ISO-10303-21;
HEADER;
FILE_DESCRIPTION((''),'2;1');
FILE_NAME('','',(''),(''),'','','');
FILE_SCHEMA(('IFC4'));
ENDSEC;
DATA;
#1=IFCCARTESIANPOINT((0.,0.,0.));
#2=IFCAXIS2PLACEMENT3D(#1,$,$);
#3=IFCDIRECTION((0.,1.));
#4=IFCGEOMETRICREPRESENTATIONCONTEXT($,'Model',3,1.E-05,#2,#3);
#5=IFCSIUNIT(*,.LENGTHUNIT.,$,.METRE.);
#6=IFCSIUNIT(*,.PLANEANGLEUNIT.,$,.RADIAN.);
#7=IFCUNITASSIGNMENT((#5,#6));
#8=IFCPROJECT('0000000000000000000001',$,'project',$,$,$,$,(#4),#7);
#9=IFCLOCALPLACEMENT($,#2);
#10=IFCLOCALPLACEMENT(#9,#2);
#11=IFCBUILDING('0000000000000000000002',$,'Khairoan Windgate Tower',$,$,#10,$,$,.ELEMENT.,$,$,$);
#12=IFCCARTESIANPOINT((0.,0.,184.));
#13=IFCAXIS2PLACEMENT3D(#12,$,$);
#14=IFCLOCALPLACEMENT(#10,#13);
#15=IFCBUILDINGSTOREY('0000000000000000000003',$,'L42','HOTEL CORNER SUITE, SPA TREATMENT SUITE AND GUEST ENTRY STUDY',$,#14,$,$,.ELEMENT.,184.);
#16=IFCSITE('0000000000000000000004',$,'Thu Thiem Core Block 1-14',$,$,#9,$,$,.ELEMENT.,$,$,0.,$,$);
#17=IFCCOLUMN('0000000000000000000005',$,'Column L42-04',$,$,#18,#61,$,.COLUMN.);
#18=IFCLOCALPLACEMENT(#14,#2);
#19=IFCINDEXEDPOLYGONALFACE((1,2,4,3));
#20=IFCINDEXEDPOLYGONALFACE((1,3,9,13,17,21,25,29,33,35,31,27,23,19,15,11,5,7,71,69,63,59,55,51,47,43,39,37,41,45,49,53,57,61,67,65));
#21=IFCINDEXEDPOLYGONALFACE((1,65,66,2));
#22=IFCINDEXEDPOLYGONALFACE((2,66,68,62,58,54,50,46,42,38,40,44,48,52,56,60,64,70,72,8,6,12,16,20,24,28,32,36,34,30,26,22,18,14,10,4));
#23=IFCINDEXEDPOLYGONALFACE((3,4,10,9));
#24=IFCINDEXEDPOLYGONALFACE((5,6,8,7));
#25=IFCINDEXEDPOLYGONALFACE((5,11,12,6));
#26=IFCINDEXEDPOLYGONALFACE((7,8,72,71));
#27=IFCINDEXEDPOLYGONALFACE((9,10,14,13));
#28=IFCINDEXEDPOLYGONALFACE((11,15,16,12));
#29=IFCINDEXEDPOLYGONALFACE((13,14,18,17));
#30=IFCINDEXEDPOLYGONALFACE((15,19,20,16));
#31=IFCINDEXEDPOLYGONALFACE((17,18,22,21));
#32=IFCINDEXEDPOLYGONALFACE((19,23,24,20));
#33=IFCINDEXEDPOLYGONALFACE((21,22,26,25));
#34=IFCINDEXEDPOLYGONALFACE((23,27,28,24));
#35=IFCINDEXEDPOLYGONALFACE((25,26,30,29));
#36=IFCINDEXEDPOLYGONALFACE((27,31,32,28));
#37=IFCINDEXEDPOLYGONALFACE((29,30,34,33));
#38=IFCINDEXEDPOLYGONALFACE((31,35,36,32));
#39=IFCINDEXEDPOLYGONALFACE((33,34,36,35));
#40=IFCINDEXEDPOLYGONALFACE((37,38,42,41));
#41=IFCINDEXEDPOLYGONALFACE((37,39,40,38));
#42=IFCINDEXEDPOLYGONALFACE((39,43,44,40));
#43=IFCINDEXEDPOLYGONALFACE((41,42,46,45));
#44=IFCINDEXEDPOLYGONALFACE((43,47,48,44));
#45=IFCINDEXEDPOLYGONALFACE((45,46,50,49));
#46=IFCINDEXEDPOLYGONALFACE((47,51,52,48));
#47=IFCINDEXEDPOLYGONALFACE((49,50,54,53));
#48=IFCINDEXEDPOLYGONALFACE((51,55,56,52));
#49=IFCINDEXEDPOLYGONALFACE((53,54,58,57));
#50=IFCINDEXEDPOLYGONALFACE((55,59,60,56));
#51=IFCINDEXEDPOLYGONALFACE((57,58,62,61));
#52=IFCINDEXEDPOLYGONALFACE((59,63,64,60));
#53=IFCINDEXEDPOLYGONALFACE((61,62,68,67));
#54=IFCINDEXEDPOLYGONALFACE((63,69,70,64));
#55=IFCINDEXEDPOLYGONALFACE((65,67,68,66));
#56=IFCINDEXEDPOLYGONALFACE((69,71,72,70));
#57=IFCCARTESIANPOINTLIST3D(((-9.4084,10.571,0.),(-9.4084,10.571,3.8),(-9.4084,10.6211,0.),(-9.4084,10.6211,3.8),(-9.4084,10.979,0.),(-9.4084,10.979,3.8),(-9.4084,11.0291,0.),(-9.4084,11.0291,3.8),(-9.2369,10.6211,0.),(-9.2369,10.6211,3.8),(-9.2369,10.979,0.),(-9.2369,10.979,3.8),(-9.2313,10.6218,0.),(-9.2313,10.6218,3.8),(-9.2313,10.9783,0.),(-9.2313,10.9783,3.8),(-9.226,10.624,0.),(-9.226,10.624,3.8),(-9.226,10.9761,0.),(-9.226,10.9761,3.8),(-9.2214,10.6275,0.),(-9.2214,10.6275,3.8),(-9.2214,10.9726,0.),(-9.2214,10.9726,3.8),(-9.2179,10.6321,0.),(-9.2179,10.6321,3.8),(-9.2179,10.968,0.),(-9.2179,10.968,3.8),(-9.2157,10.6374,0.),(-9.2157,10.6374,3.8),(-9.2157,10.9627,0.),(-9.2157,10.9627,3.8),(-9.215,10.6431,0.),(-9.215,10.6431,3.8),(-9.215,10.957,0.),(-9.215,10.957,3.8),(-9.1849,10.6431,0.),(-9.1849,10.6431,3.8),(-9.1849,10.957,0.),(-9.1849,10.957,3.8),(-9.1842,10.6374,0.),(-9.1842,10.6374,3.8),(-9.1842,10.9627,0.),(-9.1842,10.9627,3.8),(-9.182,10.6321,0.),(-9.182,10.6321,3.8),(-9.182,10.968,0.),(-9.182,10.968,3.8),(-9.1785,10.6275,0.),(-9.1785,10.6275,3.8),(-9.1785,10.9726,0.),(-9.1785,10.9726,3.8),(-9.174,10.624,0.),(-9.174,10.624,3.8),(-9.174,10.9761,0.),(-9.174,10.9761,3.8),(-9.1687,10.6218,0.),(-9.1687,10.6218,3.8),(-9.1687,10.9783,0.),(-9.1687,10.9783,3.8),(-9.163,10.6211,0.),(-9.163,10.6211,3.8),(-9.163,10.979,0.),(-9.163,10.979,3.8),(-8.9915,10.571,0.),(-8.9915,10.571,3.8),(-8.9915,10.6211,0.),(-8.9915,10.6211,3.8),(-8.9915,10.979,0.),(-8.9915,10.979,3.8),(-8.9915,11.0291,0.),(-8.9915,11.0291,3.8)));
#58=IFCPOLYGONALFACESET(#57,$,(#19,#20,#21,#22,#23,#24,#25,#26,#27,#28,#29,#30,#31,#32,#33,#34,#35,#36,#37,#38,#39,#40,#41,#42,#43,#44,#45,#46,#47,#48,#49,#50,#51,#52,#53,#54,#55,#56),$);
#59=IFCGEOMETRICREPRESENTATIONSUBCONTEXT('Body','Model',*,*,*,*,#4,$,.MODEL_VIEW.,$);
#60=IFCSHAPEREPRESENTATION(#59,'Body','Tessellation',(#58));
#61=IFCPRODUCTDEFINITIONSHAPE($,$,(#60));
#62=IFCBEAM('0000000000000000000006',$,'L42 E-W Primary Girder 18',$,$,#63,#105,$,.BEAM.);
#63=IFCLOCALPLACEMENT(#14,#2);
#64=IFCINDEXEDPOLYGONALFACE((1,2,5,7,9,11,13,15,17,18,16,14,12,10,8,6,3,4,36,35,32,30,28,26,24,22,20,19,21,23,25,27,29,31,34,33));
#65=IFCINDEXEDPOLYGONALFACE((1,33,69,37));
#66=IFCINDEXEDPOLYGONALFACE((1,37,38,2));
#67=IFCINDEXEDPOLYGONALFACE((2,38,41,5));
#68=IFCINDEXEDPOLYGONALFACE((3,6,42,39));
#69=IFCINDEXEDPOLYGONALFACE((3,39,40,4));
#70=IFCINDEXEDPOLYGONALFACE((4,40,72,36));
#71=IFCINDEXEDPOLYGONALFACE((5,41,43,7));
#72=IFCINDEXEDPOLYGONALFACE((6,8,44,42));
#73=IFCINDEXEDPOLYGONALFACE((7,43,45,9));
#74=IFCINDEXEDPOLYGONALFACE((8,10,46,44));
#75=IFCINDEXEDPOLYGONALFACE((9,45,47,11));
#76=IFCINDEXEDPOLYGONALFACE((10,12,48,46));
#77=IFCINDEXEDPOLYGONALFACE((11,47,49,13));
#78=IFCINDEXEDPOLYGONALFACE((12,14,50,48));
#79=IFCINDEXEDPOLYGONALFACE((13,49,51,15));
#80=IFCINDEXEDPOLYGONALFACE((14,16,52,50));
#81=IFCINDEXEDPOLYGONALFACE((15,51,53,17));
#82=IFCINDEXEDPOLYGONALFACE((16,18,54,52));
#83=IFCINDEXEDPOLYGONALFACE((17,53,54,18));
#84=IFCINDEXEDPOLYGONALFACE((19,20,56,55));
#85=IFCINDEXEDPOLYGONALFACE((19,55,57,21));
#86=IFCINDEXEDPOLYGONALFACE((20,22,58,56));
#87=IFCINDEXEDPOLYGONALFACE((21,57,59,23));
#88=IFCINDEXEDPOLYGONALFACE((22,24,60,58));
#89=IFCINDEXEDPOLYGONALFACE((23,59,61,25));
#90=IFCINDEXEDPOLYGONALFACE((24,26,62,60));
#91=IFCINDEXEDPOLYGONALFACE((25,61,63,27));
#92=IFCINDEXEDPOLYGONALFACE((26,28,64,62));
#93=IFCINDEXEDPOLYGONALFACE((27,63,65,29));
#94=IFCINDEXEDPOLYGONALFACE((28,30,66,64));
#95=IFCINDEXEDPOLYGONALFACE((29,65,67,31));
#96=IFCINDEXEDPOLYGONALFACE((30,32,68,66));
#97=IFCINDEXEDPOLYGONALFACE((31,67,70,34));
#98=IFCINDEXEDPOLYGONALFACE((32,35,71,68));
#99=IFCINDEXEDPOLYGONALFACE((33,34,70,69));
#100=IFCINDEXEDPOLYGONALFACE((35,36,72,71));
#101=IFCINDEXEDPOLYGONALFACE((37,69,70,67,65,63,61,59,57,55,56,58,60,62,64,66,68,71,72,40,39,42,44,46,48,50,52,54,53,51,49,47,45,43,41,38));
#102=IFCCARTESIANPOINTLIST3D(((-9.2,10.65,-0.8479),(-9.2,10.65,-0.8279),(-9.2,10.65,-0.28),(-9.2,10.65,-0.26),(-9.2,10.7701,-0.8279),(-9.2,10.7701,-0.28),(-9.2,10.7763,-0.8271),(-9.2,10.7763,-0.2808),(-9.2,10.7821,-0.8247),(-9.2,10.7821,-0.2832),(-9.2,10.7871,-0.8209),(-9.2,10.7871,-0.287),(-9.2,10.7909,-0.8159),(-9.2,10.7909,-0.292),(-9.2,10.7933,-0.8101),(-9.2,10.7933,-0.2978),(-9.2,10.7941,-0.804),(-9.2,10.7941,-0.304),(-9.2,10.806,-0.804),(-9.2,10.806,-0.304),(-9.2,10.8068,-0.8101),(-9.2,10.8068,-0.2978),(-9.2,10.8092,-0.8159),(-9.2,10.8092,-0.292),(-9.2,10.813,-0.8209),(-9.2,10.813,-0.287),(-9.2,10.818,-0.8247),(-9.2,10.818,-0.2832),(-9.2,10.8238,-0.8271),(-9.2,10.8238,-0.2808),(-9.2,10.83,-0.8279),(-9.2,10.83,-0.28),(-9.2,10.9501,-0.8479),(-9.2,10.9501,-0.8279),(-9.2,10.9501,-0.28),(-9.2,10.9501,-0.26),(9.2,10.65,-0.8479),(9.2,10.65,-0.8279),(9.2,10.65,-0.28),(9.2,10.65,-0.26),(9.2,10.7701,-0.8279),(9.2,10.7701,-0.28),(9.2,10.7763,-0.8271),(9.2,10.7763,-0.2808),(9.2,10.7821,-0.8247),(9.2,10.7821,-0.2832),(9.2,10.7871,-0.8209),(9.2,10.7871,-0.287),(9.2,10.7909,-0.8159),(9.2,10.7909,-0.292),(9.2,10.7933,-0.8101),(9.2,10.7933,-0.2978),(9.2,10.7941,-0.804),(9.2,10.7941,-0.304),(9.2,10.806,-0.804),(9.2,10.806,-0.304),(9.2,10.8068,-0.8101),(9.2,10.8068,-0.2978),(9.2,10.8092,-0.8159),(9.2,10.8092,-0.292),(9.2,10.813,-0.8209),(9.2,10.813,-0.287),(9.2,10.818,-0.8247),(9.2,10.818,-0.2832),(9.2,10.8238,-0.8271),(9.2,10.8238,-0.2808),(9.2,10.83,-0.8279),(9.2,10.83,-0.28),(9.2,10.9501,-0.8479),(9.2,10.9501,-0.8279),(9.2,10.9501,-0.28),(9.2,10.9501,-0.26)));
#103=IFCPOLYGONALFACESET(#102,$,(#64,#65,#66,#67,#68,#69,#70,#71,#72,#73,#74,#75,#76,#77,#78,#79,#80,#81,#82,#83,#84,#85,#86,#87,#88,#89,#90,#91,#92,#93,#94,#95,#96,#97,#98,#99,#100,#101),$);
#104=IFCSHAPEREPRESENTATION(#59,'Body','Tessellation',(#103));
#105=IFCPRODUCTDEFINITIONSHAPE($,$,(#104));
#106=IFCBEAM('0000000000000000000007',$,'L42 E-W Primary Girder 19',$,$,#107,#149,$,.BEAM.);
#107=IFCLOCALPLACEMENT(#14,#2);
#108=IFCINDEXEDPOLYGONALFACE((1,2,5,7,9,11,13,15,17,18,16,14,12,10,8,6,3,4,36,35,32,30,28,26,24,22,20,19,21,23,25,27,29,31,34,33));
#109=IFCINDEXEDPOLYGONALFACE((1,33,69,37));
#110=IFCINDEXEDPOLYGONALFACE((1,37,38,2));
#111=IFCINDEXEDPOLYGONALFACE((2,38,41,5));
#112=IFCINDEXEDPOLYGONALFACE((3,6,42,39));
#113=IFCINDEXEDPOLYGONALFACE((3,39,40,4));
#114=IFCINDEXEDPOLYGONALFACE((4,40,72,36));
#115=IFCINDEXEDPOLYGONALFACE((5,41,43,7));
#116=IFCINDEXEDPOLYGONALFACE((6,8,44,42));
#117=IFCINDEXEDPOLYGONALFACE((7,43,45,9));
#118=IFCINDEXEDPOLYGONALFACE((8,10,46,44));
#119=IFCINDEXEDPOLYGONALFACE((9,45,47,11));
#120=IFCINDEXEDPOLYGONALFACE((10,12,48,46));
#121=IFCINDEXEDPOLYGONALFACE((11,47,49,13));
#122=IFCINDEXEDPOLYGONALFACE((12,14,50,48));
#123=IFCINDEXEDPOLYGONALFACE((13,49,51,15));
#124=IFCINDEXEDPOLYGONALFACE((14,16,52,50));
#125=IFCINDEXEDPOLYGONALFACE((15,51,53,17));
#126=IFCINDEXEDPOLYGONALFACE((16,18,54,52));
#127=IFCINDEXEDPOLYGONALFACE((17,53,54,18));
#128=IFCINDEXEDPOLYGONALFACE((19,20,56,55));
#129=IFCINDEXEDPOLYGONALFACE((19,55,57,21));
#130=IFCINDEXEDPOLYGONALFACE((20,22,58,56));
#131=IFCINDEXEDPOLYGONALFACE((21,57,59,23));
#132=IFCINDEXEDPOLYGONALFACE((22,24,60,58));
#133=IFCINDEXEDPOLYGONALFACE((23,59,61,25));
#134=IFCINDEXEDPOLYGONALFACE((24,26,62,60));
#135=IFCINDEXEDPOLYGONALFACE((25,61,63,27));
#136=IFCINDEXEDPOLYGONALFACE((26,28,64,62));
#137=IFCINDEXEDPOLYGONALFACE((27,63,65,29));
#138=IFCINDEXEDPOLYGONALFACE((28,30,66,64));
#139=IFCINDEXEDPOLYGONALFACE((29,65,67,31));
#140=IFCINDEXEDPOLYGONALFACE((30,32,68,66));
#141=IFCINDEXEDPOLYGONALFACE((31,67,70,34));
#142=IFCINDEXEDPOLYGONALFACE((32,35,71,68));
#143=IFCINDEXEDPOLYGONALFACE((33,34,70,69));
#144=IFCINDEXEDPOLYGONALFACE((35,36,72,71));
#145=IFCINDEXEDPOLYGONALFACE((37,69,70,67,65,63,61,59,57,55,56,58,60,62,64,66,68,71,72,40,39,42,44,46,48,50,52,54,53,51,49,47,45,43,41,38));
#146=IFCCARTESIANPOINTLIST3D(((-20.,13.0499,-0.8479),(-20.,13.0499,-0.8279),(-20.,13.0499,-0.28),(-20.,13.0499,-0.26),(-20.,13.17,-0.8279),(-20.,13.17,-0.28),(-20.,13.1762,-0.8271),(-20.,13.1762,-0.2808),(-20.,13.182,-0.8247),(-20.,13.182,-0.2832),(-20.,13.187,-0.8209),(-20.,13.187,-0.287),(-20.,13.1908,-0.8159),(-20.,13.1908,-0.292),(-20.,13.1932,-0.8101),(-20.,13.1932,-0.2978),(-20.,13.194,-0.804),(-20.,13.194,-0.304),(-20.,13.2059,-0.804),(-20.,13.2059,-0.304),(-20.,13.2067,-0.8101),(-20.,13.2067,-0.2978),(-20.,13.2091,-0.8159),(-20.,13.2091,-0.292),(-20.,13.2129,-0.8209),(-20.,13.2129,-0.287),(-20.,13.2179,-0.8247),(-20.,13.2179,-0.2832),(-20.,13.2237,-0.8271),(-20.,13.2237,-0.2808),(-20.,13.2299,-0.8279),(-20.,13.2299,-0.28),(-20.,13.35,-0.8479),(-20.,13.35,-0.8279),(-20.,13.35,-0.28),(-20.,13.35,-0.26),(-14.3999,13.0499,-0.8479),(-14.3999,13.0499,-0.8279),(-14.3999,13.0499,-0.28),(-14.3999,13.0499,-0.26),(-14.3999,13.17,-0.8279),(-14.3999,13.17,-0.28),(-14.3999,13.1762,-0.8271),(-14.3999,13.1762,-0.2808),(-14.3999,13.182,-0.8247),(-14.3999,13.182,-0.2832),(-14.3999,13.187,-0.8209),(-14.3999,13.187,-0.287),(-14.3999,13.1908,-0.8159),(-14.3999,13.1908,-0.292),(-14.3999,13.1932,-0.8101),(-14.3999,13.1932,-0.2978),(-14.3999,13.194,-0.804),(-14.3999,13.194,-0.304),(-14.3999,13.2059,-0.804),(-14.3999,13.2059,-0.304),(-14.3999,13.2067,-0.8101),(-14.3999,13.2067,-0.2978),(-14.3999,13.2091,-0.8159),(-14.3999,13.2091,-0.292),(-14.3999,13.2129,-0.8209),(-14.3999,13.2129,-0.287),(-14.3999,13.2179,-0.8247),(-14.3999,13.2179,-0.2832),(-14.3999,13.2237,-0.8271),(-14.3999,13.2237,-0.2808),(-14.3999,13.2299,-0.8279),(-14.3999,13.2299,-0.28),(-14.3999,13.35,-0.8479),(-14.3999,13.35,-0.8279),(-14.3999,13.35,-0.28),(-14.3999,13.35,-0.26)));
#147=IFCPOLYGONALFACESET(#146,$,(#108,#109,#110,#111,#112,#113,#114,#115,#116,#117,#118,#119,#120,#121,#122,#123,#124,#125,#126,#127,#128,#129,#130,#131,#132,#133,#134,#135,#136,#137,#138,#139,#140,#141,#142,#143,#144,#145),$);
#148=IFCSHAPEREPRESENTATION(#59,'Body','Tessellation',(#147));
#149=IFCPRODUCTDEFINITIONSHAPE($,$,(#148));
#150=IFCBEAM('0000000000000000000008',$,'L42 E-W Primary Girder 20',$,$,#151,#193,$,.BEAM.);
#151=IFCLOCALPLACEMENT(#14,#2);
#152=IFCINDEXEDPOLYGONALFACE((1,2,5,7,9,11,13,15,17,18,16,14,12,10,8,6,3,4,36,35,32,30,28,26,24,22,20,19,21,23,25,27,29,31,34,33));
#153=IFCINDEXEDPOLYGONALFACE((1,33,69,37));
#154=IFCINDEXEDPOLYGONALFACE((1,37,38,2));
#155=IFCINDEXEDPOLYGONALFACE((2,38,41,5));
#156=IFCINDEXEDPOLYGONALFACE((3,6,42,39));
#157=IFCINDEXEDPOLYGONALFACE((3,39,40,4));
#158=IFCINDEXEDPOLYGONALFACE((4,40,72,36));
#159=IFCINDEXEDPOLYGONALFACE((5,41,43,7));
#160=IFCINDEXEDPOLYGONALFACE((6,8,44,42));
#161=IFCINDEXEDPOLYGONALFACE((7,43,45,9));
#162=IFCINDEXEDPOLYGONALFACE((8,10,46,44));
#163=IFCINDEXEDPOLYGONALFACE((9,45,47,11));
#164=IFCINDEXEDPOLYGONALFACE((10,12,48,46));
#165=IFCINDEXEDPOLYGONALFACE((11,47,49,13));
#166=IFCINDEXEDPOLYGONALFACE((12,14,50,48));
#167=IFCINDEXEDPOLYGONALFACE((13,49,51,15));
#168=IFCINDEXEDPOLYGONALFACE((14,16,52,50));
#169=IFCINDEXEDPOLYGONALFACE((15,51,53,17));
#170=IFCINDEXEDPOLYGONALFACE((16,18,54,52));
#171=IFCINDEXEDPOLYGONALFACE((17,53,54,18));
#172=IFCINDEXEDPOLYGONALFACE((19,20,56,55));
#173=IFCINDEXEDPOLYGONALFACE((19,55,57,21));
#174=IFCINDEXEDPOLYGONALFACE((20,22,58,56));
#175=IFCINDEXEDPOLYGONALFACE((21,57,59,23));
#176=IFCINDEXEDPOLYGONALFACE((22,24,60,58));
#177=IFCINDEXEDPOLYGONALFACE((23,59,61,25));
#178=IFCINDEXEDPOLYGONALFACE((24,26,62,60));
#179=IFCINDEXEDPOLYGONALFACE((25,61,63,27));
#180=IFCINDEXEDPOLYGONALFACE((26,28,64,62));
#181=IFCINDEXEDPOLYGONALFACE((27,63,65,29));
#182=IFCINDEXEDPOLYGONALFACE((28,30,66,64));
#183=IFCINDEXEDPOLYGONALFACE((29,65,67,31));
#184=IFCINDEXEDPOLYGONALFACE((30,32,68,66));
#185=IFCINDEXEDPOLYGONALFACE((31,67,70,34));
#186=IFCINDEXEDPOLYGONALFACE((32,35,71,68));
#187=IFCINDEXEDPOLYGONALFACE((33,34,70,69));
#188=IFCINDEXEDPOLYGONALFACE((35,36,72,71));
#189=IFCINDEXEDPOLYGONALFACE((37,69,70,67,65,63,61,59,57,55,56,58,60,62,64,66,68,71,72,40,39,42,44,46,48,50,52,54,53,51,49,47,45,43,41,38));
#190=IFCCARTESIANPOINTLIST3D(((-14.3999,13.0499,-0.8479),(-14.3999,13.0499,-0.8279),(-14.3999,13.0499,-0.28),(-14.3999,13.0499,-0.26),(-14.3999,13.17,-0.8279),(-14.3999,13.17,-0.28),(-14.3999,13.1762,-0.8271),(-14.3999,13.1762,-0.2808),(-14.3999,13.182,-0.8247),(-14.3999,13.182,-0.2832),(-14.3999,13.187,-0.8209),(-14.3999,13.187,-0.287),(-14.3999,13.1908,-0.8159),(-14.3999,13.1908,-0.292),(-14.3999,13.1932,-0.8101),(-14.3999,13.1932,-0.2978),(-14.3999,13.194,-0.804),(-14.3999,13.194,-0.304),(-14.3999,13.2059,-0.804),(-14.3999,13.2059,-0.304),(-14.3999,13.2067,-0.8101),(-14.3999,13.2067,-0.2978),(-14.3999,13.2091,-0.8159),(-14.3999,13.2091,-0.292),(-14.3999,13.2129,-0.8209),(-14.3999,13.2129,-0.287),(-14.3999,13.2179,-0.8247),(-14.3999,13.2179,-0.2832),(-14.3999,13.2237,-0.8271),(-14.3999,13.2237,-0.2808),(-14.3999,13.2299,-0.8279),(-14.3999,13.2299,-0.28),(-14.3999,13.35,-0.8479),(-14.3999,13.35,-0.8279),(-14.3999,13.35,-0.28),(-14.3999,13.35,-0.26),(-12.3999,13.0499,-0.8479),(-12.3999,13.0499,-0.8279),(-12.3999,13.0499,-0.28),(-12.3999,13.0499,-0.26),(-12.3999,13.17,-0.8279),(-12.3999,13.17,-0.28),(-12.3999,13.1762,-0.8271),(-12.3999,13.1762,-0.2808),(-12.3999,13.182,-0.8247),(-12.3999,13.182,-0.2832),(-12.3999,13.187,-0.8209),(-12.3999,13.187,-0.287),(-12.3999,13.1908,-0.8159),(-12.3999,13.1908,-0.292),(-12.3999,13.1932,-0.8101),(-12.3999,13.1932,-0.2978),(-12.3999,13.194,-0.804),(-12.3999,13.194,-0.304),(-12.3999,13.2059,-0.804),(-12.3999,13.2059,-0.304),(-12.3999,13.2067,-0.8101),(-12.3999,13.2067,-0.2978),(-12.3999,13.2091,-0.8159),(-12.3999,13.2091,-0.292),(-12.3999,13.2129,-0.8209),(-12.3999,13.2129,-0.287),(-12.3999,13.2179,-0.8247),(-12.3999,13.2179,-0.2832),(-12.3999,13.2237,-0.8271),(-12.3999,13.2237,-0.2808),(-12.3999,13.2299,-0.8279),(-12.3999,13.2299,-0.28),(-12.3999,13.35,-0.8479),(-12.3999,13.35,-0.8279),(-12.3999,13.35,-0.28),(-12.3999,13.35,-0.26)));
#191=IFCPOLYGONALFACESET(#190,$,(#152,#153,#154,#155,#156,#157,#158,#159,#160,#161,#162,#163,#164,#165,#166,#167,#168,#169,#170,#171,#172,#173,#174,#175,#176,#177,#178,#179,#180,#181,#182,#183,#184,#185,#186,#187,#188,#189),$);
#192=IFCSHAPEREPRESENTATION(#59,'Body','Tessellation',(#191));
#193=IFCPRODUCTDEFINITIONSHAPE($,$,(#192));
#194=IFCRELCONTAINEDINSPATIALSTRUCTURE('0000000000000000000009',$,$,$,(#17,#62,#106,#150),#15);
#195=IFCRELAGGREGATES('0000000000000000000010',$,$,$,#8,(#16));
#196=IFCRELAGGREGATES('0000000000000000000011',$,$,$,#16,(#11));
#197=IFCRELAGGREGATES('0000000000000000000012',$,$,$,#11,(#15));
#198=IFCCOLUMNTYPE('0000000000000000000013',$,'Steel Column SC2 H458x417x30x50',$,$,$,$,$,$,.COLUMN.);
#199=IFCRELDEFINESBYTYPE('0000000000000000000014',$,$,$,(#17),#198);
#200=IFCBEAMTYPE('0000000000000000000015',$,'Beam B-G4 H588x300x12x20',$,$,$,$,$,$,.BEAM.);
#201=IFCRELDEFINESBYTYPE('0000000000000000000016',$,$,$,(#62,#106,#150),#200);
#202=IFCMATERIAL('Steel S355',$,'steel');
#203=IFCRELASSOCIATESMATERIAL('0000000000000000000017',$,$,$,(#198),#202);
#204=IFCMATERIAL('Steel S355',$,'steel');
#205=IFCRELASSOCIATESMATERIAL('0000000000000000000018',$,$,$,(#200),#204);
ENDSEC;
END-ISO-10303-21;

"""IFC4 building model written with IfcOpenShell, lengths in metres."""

from ifc_helpers import new_model, si_unit, direction, frame, origin, origin_2d, place, context, subcontext, project, spatial, i_section, extrude, material, material_profile, profile_set, type_object, element, save


model = new_model("IFC4")

# Units and contexts
model_context = context("Model", 3, precision=1e-05, world=origin(), true_north=direction((0.0, 1.0)))
body_context = subcontext(model_context, "Body", "Model", "MODEL_VIEW")
ifc_project = project(units=[si_unit("LENGTHUNIT", "METRE"), si_unit("PLANEANGLEUNIT", "RADIAN")], contexts=[model_context])

# Site, building, storey
site_placement = place(None, origin())
site = spatial("IfcSite", under=ifc_project, at=site_placement, Name="Thu Thiem Core Block 1-14", CompositionType="ELEMENT", RefElevation=0.0)
building_placement = place(site_placement, origin())
building = spatial("IfcBuilding", under=site, at=building_placement, Name="Khairoan Windgate Tower", CompositionType="ELEMENT")
storey_placement = place(building_placement, frame((0.0, 0.0, 184.0)))
storey = spatial("IfcBuildingStorey", under=building, at=storey_placement, Name="L42", Description="HOTEL CORNER SUITE, SPA TREATMENT SUITE AND GUEST ENTRY STUDY", CompositionType="ELEMENT", Elevation=184.0)

# Column
ifc_material_1 = material(Name="Steel S355", Category="steel")
ifc_material_profile_1 = material_profile(ifc_material_1, i_section(OverallWidth=0.417, OverallDepth=0.458, WebThickness=0.03, FlangeThickness=0.05, FilletRadius=0.022, at=origin_2d()))
ifc_profile_set_1 = profile_set([ifc_material_profile_1], Name="Steel S355")
column_type = type_object("IfcColumnType", Name="Steel Column SC2 H458x417x30x50", PredefinedType="COLUMN", material=ifc_profile_set_1)
column_placement = place(storey_placement, frame((-9.2, 10.8, 0.0), z_axis=(0.0, 0.0, 1.0), x_axis=(1.0, 0.0, 0.0)))
element("IfcColumn", 1, at=column_placement, inside=storey, type_object=column_type, Name="Column L42-04", PredefinedType="COLUMN", context=body_context, shape_type="SweptSolid", body=[
    extrude(i_section(OverallWidth=0.417, OverallDepth=0.458, WebThickness=0.03, FlangeThickness=0.05, FilletRadius=0.022, at=origin_2d()), origin(), (0.0, 0.0, 1.0), 3.8),
])

# Beams
ifc_material_2 = material(Name="Steel S355", Category="steel")
ifc_material_profile_2 = material_profile(ifc_material_2, i_section(OverallWidth=0.3, OverallDepth=0.5879, WebThickness=0.012, FlangeThickness=0.02, FilletRadius=0.0239, at=origin_2d()))
ifc_profile_set_2 = profile_set([ifc_material_profile_2], Name="Steel S355")
beam_type_1 = type_object("IfcBeamType", Name="Beam B-G4 H588x300x12x20", PredefinedType="BEAM", material=ifc_profile_set_2)
beam_1_placement = place(storey_placement, frame((-9.2, 10.8, -0.554), z_axis=(1.0, 0.0, 0.0), x_axis=(0.0, 1.0, 0.0)))
element("IfcBeam", 2, at=beam_1_placement, inside=storey, type_object=beam_type_1, Name="L42 E-W Primary Girder 18", PredefinedType="BEAM", context=body_context, shape_type="SweptSolid", body=[
    extrude(i_section(OverallWidth=0.3, OverallDepth=0.5879, WebThickness=0.012, FlangeThickness=0.02, FilletRadius=0.0239, at=origin_2d()), origin(), (0.0, 0.0, 1.0), 18.3999),
])
beam_2_placement = place(storey_placement, frame((-20.0, 13.2, -0.554), z_axis=(1.0, 0.0, 0.0), x_axis=(0.0, 1.0, 0.0)))
element("IfcBeam", 3, at=beam_2_placement, inside=storey, type_object=beam_type_1, Name="L42 E-W Primary Girder 19", PredefinedType="BEAM", context=body_context, shape_type="SweptSolid", body=[
    extrude(i_section(OverallWidth=0.3, OverallDepth=0.5879, WebThickness=0.012, FlangeThickness=0.02, FilletRadius=0.0239, at=origin_2d()), origin(), (0.0, 0.0, 1.0), 5.6001),
])
beam_3_placement = place(storey_placement, frame((-14.3999, 13.2, -0.554), z_axis=(1.0, 0.0, 0.0), x_axis=(0.0, 1.0, 0.0)))
element("IfcBeam", 4, at=beam_3_placement, inside=storey, type_object=beam_type_1, Name="L42 E-W Primary Girder 20", PredefinedType="BEAM", context=body_context, shape_type="SweptSolid", body=[
    extrude(i_section(OverallWidth=0.3, OverallDepth=0.5879, WebThickness=0.012, FlangeThickness=0.02, FilletRadius=0.0239, at=origin_2d()), origin(), (0.0, 0.0, 1.0), 2.0),
])

save(model, "model.ifc")
